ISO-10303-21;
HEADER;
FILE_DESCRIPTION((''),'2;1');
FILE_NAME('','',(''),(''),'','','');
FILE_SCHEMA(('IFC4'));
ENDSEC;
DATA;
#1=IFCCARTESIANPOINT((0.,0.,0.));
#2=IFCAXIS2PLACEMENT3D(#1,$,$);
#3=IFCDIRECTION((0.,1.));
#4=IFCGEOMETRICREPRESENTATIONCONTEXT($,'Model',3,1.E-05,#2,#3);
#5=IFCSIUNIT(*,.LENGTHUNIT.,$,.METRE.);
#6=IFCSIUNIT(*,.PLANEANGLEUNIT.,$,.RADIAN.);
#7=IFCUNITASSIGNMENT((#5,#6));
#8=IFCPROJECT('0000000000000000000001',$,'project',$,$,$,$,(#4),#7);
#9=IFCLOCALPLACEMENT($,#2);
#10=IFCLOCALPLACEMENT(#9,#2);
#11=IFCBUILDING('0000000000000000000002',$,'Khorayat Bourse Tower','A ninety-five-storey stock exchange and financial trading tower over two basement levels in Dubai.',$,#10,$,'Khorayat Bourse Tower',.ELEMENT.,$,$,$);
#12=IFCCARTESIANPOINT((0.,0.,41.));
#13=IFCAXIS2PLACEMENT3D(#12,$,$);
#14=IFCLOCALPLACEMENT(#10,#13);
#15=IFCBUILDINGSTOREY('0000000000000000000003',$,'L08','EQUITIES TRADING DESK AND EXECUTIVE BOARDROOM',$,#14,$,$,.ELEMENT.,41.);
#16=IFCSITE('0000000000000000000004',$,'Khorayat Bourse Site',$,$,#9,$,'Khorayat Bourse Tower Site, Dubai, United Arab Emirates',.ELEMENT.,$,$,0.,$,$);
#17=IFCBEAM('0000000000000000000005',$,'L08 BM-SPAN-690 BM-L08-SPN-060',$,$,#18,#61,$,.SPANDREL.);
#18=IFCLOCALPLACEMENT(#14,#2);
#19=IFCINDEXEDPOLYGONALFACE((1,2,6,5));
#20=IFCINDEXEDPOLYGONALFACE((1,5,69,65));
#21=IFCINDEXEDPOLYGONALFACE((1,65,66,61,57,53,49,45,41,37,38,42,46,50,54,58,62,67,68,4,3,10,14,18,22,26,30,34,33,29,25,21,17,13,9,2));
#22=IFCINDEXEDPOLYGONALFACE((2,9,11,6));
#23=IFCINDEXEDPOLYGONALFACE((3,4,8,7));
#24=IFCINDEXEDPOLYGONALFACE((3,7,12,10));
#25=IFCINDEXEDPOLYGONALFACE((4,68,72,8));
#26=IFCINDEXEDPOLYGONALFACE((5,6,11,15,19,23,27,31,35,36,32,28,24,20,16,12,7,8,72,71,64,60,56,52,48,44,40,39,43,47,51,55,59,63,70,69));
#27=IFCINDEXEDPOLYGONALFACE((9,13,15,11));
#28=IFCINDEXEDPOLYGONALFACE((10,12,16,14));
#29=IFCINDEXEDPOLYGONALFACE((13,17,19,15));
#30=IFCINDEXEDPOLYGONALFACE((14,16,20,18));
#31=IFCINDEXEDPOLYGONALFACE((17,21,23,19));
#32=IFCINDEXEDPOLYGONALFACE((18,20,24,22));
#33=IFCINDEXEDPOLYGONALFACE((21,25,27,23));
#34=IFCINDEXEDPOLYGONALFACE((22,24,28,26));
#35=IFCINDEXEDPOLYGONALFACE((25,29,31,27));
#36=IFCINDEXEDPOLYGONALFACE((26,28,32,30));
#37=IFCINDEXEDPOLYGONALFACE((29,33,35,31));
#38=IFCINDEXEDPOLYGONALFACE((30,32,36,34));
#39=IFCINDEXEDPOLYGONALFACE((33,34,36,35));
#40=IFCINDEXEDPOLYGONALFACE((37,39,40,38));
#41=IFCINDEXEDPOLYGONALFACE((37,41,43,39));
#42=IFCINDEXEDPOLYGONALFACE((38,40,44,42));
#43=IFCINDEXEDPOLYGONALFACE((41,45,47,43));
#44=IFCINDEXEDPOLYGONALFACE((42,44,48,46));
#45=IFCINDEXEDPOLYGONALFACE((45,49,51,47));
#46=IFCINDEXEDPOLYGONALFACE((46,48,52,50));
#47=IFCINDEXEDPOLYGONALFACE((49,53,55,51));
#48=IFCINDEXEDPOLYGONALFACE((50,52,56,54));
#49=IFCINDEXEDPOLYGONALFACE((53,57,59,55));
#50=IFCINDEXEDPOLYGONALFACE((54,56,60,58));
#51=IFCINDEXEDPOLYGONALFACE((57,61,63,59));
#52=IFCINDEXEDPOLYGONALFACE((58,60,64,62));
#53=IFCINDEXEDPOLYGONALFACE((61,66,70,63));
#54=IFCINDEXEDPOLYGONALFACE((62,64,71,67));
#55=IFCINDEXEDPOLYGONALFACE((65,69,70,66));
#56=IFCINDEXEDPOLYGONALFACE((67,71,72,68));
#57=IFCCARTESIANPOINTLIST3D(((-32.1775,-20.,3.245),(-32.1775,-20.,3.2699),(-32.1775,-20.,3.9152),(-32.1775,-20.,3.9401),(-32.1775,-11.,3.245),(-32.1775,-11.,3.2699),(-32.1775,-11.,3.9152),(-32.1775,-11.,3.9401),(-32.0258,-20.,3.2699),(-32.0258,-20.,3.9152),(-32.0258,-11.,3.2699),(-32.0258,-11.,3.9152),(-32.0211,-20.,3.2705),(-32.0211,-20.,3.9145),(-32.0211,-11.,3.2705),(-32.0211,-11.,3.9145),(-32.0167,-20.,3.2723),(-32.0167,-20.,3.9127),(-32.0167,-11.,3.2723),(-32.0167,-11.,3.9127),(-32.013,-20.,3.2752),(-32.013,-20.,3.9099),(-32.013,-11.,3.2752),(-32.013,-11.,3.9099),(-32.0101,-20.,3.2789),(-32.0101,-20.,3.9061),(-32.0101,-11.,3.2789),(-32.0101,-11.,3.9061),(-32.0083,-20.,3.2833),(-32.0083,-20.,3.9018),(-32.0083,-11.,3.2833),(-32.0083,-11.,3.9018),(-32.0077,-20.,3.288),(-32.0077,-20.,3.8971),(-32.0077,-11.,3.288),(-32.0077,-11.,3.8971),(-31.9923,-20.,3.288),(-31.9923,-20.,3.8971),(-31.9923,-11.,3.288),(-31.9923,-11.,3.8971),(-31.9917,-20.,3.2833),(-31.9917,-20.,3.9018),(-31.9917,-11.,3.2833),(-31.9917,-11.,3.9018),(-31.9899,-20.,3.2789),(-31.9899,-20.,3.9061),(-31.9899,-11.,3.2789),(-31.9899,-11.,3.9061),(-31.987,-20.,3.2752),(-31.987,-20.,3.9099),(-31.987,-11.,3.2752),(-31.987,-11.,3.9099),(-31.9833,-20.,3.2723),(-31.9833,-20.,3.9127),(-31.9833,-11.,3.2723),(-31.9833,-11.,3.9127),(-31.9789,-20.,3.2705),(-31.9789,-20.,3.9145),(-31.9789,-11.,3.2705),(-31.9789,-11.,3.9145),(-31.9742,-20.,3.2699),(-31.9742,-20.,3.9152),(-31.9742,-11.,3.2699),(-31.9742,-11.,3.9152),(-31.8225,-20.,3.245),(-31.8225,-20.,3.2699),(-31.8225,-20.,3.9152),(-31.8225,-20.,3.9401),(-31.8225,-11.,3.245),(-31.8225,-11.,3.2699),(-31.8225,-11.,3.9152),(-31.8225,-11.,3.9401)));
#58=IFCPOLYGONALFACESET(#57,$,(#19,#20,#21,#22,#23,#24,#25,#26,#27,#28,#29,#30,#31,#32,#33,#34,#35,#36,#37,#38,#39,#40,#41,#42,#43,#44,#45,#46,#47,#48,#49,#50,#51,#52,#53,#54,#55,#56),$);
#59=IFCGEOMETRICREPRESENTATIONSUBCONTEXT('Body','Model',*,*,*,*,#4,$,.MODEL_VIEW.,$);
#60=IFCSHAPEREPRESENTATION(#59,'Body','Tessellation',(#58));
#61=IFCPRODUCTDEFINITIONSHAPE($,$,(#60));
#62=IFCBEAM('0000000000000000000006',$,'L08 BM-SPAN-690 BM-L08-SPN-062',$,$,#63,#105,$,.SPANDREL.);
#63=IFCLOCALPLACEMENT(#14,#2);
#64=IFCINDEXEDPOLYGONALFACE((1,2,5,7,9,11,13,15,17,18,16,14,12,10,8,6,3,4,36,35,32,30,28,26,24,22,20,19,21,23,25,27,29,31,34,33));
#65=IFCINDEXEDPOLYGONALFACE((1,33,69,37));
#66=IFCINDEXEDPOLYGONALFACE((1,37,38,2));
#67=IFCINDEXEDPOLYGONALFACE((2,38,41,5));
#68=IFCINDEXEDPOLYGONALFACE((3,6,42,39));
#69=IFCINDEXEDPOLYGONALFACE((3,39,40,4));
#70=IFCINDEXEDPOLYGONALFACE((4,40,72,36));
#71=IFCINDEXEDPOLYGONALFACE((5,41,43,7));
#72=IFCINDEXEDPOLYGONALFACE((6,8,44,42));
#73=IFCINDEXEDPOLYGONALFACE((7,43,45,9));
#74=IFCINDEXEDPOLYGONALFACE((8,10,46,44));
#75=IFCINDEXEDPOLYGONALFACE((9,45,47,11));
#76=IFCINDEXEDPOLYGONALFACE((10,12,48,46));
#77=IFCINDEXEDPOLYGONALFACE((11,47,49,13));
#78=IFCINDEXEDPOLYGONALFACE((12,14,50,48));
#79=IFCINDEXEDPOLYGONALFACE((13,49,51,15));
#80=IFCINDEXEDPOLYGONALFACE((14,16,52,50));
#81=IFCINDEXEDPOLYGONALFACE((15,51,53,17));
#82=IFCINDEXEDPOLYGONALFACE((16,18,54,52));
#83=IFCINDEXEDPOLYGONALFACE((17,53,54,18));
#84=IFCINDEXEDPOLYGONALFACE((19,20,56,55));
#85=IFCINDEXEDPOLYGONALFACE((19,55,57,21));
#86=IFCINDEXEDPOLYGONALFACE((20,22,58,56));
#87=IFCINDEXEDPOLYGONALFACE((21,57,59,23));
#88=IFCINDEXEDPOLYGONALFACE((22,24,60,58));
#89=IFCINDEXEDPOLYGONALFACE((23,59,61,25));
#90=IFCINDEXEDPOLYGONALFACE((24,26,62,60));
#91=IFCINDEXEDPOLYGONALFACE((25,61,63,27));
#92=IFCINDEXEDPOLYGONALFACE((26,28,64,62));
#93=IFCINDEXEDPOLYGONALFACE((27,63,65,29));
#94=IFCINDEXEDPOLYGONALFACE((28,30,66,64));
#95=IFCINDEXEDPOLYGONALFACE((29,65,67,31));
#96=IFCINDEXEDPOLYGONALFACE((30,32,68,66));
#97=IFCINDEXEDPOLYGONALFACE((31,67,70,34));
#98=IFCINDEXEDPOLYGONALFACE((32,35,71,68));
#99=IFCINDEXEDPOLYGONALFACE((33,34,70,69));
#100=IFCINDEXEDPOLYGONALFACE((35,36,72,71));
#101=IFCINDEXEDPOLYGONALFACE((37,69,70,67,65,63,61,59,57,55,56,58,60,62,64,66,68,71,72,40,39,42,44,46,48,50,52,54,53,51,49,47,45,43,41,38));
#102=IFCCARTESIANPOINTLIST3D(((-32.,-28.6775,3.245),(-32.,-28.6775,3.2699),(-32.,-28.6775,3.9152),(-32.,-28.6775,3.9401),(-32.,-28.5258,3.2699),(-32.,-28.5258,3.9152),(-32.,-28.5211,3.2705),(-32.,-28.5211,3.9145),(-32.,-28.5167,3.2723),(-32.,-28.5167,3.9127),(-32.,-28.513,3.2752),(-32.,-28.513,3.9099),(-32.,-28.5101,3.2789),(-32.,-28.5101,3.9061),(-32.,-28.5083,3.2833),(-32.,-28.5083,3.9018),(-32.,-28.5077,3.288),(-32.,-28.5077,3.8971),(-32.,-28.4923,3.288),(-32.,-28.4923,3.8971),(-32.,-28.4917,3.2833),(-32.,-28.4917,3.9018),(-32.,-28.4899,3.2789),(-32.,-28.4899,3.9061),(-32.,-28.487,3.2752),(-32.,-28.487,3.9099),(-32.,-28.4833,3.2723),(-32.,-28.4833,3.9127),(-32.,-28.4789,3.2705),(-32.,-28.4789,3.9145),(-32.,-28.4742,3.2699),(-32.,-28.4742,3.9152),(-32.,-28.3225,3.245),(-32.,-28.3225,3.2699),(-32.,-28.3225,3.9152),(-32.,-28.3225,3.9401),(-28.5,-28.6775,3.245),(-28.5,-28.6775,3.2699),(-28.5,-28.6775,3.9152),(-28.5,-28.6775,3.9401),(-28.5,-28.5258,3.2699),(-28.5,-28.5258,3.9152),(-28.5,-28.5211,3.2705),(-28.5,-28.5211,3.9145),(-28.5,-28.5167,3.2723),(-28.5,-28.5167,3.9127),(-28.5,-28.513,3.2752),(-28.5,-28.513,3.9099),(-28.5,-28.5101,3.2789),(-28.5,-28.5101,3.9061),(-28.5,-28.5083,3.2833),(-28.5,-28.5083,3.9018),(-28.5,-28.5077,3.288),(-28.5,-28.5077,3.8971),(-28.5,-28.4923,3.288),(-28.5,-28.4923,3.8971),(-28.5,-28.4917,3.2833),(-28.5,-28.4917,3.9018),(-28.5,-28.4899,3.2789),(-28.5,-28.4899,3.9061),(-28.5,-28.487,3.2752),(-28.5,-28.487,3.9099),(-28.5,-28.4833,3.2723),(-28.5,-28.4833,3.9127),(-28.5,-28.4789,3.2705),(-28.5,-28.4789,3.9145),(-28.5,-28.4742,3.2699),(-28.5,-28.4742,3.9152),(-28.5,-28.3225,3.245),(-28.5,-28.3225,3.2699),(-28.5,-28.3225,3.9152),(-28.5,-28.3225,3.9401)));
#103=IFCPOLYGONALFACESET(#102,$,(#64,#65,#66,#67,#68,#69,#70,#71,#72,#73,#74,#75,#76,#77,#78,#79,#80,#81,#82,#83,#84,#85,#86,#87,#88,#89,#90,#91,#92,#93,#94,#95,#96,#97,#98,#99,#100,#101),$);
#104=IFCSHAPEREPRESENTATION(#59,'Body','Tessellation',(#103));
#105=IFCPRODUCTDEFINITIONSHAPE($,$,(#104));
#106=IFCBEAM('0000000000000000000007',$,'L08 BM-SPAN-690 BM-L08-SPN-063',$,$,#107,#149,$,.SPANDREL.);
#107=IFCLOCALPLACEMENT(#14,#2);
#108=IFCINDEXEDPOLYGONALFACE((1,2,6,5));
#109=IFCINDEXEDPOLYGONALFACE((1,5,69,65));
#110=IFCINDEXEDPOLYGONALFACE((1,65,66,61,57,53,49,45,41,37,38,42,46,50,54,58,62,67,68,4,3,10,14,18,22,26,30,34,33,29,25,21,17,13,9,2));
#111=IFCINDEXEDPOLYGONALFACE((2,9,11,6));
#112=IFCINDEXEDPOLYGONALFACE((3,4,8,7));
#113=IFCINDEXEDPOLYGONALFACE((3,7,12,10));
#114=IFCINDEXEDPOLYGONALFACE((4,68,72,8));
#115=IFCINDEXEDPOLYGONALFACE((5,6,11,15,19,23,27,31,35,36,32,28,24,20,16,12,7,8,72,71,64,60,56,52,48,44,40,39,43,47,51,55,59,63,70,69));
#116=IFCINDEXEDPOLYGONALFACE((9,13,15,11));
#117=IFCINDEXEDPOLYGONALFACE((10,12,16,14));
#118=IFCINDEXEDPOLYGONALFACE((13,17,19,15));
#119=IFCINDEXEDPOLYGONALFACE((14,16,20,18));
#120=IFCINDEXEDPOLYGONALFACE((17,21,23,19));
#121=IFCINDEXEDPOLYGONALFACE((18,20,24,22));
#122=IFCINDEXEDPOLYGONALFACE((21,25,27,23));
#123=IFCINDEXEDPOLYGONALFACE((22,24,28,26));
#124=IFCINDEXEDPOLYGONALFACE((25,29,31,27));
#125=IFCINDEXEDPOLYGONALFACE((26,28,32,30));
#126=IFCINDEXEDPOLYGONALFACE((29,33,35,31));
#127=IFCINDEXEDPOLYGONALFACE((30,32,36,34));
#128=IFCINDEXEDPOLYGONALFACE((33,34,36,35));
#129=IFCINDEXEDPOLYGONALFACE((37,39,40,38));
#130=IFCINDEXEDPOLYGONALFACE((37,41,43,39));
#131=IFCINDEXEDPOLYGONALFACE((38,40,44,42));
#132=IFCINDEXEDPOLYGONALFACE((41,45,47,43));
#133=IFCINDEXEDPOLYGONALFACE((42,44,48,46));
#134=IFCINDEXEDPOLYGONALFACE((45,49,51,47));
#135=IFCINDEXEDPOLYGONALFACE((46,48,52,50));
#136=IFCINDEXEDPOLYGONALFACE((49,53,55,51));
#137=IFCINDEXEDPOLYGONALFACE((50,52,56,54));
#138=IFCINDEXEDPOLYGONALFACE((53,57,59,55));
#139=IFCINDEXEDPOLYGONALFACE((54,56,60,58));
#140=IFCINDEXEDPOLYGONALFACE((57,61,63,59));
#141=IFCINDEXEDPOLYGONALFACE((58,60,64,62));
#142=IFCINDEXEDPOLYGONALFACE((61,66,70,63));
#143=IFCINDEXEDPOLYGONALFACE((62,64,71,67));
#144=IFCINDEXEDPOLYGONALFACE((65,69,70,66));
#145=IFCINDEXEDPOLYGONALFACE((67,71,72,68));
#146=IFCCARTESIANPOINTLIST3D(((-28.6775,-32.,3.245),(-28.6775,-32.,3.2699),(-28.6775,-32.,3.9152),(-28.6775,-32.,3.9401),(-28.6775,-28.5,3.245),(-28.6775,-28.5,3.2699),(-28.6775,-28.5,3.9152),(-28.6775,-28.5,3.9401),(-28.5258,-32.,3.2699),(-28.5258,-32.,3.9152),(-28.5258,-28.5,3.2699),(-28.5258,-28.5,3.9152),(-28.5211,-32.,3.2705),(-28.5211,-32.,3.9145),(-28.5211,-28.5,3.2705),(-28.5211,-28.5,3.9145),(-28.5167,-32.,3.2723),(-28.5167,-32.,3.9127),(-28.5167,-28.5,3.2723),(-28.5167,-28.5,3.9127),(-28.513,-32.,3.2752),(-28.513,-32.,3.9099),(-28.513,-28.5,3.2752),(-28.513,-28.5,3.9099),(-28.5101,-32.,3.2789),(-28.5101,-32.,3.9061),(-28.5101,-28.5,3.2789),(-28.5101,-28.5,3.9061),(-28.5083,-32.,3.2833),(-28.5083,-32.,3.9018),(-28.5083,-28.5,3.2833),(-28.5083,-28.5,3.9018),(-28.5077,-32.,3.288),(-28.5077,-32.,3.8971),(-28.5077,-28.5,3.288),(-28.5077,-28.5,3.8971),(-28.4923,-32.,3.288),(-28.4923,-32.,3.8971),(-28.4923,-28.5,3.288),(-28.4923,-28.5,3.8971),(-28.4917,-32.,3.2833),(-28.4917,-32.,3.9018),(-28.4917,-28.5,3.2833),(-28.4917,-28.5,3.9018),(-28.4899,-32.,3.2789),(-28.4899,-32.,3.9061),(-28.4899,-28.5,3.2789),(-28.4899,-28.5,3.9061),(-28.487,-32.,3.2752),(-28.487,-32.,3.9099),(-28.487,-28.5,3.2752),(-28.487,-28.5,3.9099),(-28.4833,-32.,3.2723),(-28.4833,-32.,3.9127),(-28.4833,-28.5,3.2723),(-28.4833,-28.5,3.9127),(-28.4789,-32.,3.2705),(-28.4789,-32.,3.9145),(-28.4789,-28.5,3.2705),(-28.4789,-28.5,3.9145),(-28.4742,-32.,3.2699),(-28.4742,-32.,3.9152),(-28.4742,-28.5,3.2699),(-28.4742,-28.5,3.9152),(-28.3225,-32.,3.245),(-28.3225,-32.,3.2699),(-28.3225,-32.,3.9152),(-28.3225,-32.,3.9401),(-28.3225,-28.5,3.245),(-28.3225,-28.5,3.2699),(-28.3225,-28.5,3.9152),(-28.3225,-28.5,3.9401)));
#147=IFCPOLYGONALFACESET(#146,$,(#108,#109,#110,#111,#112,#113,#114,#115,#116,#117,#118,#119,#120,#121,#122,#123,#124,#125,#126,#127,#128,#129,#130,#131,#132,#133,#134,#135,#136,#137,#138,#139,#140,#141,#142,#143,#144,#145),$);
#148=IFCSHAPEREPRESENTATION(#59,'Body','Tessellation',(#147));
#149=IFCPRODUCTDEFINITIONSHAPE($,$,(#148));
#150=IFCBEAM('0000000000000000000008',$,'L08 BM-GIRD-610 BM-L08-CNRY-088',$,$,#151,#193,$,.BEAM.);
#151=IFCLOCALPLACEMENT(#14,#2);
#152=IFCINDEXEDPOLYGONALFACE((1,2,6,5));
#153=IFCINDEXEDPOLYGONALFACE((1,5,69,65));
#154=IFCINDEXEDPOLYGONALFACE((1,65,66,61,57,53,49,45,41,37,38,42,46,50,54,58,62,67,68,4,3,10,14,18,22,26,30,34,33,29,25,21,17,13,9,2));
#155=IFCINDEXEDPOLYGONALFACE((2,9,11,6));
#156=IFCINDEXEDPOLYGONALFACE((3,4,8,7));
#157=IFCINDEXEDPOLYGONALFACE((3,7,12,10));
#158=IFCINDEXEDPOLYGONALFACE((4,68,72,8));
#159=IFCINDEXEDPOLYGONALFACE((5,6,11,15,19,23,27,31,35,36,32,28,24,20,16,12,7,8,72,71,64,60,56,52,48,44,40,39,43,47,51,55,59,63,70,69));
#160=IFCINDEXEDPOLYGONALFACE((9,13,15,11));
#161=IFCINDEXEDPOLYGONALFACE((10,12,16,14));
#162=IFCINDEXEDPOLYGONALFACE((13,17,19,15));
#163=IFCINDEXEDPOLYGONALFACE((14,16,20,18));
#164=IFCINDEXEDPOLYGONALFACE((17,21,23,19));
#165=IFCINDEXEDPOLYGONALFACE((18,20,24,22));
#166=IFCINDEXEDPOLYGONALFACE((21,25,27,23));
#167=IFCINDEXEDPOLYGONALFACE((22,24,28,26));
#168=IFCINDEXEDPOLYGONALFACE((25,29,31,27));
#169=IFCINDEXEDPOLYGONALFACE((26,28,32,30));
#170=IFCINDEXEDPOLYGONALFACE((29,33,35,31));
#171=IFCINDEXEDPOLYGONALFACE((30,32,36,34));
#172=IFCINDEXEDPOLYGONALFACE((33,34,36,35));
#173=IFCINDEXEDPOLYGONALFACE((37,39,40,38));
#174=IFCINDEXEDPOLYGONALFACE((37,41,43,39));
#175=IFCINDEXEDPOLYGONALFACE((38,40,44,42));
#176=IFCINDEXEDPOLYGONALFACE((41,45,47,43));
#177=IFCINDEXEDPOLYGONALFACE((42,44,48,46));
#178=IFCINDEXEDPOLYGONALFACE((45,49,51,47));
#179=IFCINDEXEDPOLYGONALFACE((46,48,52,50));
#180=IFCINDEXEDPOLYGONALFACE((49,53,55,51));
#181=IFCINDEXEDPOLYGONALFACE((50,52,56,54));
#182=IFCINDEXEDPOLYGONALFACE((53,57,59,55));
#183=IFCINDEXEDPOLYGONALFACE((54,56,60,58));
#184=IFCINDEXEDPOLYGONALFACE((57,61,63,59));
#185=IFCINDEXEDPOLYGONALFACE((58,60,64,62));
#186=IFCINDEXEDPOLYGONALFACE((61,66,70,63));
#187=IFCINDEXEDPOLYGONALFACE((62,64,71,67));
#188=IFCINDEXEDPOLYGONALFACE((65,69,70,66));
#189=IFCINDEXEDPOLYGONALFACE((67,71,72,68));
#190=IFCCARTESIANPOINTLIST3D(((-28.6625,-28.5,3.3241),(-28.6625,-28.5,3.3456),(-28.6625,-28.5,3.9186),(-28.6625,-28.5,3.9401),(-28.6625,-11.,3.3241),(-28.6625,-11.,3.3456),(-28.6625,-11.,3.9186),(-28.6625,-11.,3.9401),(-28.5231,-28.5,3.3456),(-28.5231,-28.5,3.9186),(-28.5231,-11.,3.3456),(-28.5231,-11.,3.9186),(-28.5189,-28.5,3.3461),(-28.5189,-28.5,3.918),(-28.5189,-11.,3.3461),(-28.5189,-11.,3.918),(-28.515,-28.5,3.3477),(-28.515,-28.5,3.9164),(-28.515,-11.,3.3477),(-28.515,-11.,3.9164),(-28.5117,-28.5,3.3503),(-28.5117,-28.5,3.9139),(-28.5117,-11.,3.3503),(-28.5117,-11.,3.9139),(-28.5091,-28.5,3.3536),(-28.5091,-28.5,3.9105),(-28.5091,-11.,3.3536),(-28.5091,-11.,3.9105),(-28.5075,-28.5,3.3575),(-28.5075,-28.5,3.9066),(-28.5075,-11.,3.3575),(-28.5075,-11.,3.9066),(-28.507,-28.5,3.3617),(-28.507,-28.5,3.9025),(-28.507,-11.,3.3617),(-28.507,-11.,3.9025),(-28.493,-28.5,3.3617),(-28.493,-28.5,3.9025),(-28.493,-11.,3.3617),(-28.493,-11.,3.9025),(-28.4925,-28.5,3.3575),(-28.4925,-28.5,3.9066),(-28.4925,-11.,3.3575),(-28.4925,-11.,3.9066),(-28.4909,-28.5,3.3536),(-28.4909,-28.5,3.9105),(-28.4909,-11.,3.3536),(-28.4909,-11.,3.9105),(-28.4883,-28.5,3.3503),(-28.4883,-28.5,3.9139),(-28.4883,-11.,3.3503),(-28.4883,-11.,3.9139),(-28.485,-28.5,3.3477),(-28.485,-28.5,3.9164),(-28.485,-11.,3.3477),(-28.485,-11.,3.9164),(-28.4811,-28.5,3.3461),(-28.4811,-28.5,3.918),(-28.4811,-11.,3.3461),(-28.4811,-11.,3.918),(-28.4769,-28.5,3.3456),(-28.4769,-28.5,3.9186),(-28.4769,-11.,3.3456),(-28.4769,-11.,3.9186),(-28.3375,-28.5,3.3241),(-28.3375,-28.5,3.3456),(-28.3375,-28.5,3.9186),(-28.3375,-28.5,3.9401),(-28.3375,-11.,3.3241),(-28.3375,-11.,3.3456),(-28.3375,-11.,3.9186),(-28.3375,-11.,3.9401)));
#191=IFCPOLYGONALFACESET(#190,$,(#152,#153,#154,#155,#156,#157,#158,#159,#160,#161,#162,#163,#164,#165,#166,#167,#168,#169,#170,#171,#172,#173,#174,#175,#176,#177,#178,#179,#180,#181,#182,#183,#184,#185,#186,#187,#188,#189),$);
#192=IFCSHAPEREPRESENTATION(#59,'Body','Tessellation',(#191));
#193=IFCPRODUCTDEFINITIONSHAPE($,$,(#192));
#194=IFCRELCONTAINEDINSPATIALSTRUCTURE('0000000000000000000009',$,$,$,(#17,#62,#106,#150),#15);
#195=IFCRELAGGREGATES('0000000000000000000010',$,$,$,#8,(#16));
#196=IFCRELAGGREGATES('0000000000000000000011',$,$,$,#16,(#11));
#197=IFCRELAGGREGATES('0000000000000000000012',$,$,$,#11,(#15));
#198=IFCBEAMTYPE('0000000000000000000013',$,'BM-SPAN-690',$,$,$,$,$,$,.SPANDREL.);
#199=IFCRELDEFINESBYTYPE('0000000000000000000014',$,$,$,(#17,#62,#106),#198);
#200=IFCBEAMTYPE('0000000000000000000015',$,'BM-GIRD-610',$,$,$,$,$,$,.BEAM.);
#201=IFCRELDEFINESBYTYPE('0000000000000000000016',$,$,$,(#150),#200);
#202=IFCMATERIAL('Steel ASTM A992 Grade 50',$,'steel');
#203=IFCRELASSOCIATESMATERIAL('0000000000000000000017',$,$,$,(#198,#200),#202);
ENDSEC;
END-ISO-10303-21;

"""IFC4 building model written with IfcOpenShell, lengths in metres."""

from ifc_helpers import new_model, si_unit, direction, frame, origin, origin_2d, place, context, subcontext, project, spatial, i_section, extrude, source, transform, mapped, material, material_profile, profile_set, type_object, element, save


model = new_model("IFC4")

# Units and contexts
model_context = context("Model", 3, precision=1e-05, world=origin(), true_north=direction((0.0, 1.0)))
body_context = subcontext(model_context, "Body", "Model", "MODEL_VIEW")
ifc_project = project(units=[si_unit("LENGTHUNIT", "METRE"), si_unit("PLANEANGLEUNIT", "RADIAN")], contexts=[model_context])

# Site, building, storey
site_placement = place(None, origin())
site = spatial("IfcSite", under=ifc_project, at=site_placement, Name="Khorayat Bourse Site", LongName="Khorayat Bourse Tower Site, Dubai, United Arab Emirates", CompositionType="ELEMENT", RefElevation=0.0)
building_placement = place(site_placement, origin())
building = spatial("IfcBuilding", under=site, at=building_placement, Name="Khorayat Bourse Tower", Description="A ninety-five-storey stock exchange and financial trading tower over two basement levels in Dubai.", LongName="Khorayat Bourse Tower", CompositionType="ELEMENT")
storey_placement = place(building_placement, frame((0.0, 0.0, 41.0)))
storey = spatial("IfcBuildingStorey", under=building, at=storey_placement, Name="L08", Description="EQUITIES TRADING DESK AND EXECUTIVE BOARDROOM", CompositionType="ELEMENT", Elevation=41.0)

# Beams
ifc_material_1 = material(Name="Steel ASTM A992 Grade 50", Category="steel")
ifc_material_profile_1 = material_profile(ifc_material_1, i_section(OverallWidth=0.355, OverallDepth=0.6951, WebThickness=0.0154, FlangeThickness=0.0249, FilletRadius=0.0181, at=origin_2d()), Name="W690X217")
ifc_profile_set_1 = profile_set([ifc_material_profile_1], Name="Steel ASTM A992 Grade 50")
beam_type_1 = type_object("IfcBeamType", Name="BM-SPAN-690", PredefinedType="SPANDREL", material=ifc_profile_set_1)
shared_shape_1 = source(origin(), body_context, "Body", "SweptSolid", [
    extrude(i_section(OverallWidth=0.355, OverallDepth=0.6951, WebThickness=0.0154, FlangeThickness=0.0249, FilletRadius=0.0181, at=origin_2d()), origin(), (0.0, 0.0, 1.0), 9.0),
])
beam_1_placement = place(storey_placement, frame((-32.0, -20.0, 3.5925), z_axis=(0.0, 1.0, 0.0), x_axis=(-1.0, 0.0, 0.0)))
element("IfcBeam", 1, at=beam_1_placement, inside=storey, type_object=beam_type_1, Name="L08 BM-SPAN-690 BM-L08-SPN-060", PredefinedType="SPANDREL", context=body_context, shape_type="MappedRepresentation", body=[
    mapped(shared_shape_1, transform((0.0, 0.0, 0.0), scale=1.0)),
])
shared_shape_2 = source(origin(), body_context, "Body", "SweptSolid", [
    extrude(i_section(OverallWidth=0.355, OverallDepth=0.6951, WebThickness=0.0154, FlangeThickness=0.0249, FilletRadius=0.0181, at=origin_2d()), origin(), (0.0, 0.0, 1.0), 3.5),
])
for number, where, z_axis, x_axis, name in (
    (2, (-32.0, -28.5, 3.5925), (1.0, 0.0, 0.0), (0.0, 1.0, 0.0), "L08 BM-SPAN-690 BM-L08-SPN-062"),
    (3, (-28.5, -32.0, 3.5925), (0.0, 1.0, 0.0), (-1.0, 0.0, 0.0), "L08 BM-SPAN-690 BM-L08-SPN-063"),
):
    element("IfcBeam", number, at=place(storey_placement, frame(where, z_axis=z_axis, x_axis=x_axis)), inside=storey, type_object=beam_type_1, Name=name, PredefinedType="SPANDREL", context=body_context, shape_type="MappedRepresentation", body=[
        mapped(shared_shape_2, transform((0.0, 0.0, 0.0), scale=1.0)),
    ])
ifc_material_profile_2 = material_profile(ifc_material_1, i_section(OverallWidth=0.325, OverallDepth=0.616, WebThickness=0.0139, FlangeThickness=0.0215, FilletRadius=0.0161, at=origin_2d()), Name="W610X174")
ifc_profile_set_2 = profile_set([ifc_material_profile_2], Name="Steel ASTM A992 Grade 50")
beam_type_2 = type_object("IfcBeamType", Name="BM-GIRD-610", PredefinedType="BEAM", material=ifc_profile_set_2)
shared_shape_3 = source(origin(), body_context, "Body", "SweptSolid", [
    extrude(i_section(OverallWidth=0.325, OverallDepth=0.616, WebThickness=0.0139, FlangeThickness=0.0215, FilletRadius=0.0161, at=origin_2d()), origin(), (0.0, 0.0, 1.0), 17.5),
])
beam_2_placement = place(storey_placement, frame((-28.5, -28.5, 3.6321), z_axis=(0.0, 1.0, 0.0), x_axis=(-1.0, 0.0, 0.0)))
element("IfcBeam", 4, at=beam_2_placement, inside=storey, type_object=beam_type_2, Name="L08 BM-GIRD-610 BM-L08-CNRY-088", PredefinedType="BEAM", context=body_context, shape_type="MappedRepresentation", body=[
    mapped(shared_shape_3, transform((0.0, 0.0, 0.0), scale=1.0)),
])

save(model, "model.ifc")
